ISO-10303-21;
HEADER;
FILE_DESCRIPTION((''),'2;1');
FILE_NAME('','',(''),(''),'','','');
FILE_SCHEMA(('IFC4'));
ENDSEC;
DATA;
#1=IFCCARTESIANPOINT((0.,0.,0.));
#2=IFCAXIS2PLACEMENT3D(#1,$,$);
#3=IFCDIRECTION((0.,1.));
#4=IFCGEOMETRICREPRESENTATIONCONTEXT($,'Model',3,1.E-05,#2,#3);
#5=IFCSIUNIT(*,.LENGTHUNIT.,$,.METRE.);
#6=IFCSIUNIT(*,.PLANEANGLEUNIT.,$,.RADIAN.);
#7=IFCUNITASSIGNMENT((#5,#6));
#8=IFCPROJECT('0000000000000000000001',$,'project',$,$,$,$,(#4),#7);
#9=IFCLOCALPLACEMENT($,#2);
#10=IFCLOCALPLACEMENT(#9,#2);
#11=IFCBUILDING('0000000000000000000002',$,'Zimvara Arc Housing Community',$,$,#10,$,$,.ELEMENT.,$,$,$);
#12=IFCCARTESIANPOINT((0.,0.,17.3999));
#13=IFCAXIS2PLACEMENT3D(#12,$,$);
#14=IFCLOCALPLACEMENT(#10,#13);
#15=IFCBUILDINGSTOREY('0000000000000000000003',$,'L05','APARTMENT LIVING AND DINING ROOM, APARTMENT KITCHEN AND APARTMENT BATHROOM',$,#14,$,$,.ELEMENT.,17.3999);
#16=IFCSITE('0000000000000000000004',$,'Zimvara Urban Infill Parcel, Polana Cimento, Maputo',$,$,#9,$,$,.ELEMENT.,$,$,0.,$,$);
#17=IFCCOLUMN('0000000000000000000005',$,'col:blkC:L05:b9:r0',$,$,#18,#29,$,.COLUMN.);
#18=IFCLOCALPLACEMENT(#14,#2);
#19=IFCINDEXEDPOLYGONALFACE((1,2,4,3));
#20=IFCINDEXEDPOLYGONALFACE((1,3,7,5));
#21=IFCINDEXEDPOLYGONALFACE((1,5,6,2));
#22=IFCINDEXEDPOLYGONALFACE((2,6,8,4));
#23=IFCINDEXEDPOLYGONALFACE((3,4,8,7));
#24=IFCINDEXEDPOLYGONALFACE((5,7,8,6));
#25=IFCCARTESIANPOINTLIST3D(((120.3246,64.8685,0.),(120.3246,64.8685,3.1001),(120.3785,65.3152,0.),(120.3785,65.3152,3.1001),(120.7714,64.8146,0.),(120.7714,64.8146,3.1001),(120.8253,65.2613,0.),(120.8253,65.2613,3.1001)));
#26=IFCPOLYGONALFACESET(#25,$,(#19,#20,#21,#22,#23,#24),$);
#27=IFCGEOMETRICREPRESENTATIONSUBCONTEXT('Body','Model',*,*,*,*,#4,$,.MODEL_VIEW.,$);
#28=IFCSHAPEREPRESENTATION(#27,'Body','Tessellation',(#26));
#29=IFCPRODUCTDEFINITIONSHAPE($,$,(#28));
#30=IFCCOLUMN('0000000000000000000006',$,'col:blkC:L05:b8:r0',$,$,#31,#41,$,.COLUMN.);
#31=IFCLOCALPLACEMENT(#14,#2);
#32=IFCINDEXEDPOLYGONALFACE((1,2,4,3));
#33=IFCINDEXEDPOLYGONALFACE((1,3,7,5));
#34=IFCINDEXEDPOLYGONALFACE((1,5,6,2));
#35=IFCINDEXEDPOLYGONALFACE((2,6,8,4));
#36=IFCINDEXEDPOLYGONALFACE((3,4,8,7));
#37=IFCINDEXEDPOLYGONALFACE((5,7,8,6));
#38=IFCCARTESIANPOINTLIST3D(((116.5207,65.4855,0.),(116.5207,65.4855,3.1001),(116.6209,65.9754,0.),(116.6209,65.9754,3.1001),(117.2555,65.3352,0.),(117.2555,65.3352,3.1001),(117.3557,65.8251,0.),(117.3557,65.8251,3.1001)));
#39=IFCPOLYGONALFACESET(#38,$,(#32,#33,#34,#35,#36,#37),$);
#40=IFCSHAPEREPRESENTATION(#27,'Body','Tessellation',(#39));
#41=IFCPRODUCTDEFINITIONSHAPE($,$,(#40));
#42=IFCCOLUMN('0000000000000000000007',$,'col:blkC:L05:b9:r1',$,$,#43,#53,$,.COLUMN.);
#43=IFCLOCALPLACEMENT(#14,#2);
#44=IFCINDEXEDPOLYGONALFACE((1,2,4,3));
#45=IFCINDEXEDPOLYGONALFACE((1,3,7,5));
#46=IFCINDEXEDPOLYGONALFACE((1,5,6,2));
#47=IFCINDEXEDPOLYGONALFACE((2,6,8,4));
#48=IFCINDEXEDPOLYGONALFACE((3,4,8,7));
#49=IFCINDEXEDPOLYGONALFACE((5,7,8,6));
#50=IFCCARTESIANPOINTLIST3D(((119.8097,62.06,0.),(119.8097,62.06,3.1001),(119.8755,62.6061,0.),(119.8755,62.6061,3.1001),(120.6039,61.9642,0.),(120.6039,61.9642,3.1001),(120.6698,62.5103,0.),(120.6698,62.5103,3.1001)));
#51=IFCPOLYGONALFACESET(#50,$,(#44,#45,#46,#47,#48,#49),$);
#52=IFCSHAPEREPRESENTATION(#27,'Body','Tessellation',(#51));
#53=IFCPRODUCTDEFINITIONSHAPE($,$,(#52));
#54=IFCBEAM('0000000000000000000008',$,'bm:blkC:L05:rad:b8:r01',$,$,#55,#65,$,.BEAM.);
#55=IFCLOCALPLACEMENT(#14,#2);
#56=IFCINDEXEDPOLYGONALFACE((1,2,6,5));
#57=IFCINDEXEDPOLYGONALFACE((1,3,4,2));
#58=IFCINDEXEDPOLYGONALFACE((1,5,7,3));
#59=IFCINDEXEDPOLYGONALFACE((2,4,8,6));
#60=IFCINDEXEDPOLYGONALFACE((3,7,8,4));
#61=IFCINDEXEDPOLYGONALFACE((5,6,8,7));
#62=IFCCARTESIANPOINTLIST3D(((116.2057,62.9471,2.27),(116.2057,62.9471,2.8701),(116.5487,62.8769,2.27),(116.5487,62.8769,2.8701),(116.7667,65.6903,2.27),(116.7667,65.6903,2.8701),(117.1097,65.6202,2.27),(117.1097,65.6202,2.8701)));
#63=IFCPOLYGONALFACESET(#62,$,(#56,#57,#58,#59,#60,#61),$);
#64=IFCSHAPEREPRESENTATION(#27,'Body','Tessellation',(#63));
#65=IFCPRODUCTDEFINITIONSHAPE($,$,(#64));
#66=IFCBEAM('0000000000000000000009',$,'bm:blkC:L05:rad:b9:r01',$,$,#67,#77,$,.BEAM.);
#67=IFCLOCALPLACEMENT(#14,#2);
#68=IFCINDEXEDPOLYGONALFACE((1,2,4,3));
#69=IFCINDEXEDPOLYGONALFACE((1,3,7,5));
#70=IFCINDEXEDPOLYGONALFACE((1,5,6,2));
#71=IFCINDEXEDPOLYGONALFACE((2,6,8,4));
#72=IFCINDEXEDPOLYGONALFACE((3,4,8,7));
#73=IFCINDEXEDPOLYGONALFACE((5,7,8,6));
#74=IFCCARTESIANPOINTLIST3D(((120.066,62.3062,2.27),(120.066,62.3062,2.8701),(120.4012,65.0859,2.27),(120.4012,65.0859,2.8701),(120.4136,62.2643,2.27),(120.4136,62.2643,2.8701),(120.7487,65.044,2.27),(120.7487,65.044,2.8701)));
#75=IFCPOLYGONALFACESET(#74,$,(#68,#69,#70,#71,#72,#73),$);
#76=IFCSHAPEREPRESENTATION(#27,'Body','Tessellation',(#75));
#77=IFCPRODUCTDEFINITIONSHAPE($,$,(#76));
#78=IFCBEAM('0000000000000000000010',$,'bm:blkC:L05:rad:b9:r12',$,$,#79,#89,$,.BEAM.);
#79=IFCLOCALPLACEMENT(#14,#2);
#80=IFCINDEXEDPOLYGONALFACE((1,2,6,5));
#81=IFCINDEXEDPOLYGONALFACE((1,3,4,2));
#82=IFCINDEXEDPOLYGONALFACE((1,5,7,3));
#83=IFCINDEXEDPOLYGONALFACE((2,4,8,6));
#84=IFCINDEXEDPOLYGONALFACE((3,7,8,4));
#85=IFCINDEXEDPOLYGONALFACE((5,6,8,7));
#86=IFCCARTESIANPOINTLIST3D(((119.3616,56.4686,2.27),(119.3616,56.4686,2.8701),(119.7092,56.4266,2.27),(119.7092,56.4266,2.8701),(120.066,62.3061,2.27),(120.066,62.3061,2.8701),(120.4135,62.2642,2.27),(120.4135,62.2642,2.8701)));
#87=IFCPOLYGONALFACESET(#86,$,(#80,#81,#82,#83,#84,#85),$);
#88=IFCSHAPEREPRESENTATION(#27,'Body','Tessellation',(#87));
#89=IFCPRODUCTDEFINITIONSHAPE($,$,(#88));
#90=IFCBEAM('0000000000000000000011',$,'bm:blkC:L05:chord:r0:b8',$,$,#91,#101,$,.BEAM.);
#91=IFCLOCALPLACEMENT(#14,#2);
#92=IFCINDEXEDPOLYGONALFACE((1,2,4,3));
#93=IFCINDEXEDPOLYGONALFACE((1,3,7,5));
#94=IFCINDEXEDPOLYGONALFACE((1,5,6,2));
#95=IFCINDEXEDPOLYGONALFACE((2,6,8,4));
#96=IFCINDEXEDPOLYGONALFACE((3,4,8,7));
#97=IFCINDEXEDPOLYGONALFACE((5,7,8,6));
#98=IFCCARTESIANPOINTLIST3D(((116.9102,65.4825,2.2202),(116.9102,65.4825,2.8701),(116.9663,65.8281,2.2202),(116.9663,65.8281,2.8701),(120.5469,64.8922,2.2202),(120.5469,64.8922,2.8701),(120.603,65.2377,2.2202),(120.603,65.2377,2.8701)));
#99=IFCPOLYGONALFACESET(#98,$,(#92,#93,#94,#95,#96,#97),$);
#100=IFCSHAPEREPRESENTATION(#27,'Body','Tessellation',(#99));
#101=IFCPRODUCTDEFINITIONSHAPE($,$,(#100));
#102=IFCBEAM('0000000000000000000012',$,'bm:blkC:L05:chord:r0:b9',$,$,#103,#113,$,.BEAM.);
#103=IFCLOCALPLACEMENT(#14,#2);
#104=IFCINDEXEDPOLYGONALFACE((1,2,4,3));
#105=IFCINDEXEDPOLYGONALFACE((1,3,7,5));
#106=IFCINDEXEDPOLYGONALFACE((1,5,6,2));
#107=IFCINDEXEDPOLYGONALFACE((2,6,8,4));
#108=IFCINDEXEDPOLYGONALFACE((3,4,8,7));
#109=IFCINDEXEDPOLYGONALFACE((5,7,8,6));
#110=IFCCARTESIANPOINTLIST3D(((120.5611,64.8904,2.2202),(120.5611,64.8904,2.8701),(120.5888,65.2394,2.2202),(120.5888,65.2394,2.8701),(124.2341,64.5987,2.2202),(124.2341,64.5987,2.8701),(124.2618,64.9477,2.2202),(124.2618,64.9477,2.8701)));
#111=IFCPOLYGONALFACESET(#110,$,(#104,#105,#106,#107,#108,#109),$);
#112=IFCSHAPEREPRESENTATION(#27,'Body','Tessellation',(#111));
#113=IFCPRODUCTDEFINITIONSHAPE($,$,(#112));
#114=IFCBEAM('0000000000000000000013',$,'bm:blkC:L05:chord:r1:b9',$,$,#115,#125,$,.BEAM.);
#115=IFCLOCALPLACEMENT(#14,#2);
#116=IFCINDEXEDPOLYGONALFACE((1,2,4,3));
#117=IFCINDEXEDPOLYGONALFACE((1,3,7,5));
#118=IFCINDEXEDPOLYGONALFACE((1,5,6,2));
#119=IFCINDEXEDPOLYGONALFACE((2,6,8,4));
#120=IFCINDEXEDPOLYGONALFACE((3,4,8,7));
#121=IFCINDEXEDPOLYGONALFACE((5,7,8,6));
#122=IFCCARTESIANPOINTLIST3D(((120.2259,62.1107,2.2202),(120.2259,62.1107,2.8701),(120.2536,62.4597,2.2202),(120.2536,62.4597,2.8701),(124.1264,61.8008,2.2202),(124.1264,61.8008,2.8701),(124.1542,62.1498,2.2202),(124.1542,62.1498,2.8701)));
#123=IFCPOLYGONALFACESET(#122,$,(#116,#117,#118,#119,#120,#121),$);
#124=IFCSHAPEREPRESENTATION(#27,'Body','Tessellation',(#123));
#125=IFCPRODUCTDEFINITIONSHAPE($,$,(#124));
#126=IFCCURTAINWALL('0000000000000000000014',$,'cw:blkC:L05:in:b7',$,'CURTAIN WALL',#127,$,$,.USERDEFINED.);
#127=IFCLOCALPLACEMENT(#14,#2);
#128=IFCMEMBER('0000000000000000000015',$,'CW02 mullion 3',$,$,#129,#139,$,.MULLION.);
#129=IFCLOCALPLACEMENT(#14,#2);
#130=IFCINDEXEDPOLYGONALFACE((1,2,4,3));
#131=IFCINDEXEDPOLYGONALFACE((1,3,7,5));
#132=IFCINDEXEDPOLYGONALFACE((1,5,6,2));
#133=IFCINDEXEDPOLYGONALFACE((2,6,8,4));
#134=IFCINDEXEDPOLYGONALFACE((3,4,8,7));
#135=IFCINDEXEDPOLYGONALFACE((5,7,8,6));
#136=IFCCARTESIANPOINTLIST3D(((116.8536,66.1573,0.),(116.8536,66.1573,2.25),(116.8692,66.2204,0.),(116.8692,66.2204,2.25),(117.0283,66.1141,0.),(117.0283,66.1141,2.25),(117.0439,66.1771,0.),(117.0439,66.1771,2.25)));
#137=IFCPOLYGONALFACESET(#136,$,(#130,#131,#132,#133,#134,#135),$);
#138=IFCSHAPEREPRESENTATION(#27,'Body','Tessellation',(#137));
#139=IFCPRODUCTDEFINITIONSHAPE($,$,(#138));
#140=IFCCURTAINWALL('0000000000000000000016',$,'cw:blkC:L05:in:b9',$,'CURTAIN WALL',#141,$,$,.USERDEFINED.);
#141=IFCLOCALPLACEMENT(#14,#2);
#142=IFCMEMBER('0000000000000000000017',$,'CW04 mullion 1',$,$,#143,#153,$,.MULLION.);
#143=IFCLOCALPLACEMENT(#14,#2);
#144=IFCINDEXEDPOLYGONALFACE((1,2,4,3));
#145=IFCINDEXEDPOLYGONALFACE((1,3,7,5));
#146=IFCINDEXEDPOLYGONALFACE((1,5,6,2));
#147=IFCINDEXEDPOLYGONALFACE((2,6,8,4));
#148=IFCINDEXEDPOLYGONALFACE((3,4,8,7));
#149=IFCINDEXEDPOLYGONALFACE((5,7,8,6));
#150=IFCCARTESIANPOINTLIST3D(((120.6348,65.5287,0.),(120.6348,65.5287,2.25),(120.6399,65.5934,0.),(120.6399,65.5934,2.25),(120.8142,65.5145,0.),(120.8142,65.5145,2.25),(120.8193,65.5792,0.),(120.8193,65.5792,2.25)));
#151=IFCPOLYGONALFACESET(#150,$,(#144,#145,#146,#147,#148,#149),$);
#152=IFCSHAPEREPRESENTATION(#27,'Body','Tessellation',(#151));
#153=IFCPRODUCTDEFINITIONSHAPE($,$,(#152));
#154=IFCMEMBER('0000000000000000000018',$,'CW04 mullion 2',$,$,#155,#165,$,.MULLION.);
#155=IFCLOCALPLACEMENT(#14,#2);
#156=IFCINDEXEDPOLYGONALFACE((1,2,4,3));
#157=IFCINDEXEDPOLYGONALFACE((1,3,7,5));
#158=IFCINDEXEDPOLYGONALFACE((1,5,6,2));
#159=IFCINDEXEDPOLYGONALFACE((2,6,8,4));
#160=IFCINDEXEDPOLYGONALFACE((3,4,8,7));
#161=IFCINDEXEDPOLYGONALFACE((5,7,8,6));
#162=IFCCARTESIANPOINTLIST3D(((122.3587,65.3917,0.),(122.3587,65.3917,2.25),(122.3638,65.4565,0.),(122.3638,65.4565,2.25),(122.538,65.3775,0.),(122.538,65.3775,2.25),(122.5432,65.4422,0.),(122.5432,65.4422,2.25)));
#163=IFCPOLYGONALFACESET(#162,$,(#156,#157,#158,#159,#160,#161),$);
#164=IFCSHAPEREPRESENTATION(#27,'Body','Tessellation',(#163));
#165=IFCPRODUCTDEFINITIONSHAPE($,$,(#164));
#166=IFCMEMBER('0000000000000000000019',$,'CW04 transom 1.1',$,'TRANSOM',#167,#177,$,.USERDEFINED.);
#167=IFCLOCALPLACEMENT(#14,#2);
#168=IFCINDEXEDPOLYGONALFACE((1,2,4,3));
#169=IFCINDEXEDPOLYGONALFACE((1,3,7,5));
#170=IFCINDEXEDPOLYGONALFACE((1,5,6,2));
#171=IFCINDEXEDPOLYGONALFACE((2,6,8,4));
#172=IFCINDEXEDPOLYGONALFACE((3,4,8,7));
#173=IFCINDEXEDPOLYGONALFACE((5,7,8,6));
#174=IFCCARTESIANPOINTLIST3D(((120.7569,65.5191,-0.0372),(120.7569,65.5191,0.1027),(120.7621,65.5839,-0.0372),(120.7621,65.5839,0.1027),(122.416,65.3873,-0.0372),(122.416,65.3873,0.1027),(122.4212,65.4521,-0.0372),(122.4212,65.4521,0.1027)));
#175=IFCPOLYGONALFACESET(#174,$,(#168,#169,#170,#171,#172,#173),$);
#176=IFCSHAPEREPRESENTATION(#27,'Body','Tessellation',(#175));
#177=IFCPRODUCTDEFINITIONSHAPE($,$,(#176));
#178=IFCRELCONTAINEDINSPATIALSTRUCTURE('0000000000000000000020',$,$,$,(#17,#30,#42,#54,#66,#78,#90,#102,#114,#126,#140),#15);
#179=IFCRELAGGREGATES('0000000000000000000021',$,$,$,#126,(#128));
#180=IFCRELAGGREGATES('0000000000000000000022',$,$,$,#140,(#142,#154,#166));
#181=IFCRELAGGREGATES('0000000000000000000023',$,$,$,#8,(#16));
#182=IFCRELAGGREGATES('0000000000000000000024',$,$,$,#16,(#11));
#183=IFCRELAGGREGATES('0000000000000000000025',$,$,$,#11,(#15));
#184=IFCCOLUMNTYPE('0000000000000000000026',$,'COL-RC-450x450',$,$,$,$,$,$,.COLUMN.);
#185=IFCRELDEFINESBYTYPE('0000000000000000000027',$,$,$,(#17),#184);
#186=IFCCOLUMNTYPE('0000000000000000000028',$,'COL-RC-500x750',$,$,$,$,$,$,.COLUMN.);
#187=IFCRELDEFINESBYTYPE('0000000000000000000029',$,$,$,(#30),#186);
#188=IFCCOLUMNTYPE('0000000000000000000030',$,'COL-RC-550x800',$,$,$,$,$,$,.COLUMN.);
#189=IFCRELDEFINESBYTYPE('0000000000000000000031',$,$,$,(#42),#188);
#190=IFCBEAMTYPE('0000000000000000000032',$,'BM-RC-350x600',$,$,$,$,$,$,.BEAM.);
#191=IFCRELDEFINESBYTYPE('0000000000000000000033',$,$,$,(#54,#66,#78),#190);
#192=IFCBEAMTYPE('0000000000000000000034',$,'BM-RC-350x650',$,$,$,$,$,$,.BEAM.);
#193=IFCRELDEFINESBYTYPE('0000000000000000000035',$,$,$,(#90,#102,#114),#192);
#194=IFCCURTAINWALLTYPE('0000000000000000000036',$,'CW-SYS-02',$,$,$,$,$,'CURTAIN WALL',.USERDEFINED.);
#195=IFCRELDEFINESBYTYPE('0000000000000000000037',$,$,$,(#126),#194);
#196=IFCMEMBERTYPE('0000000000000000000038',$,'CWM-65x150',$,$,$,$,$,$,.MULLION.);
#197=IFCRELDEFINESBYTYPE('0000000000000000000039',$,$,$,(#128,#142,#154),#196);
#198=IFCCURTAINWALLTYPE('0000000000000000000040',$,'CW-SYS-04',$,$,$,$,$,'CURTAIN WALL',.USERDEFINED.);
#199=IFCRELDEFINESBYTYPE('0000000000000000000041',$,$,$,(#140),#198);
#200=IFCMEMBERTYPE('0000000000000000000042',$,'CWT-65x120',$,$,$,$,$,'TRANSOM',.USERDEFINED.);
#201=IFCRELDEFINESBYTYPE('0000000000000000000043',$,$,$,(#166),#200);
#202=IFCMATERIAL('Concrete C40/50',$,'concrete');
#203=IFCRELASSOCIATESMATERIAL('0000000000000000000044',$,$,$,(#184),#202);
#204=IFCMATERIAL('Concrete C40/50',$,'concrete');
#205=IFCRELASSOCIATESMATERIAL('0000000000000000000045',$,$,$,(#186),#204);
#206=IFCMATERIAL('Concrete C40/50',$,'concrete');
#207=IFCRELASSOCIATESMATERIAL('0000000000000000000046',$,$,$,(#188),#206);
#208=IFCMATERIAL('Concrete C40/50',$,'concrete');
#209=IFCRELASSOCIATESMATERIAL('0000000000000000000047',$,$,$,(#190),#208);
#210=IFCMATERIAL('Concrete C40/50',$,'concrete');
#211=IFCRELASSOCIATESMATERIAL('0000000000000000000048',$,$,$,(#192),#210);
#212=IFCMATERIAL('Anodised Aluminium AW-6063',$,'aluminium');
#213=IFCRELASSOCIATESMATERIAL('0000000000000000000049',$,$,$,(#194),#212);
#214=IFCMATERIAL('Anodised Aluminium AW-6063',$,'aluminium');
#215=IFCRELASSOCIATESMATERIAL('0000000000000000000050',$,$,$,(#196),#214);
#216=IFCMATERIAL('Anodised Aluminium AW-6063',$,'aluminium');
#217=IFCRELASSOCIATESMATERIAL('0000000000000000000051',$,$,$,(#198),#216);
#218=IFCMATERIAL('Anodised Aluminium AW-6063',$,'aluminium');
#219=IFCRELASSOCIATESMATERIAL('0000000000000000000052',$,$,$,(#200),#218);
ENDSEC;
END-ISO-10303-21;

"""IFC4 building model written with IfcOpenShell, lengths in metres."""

from ifc_helpers import new_model, si_unit, direction, frame, origin, origin_2d, place, context, subcontext, project, spatial, rectangle, extrude, material, material_profile, profile_set, type_object, element, aggregate, save


model = new_model("IFC4")

# Units and contexts
model_context = context("Model", 3, precision=1e-05, world=origin(), true_north=direction((0.0, 1.0)))
body_context = subcontext(model_context, "Body", "Model", "MODEL_VIEW")
ifc_project = project(units=[si_unit("LENGTHUNIT", "METRE"), si_unit("PLANEANGLEUNIT", "RADIAN")], contexts=[model_context])

# Site, building, storey
site_placement = place(None, origin())
site = spatial("IfcSite", under=ifc_project, at=site_placement, Name="Zimvara Urban Infill Parcel, Polana Cimento, Maputo", CompositionType="ELEMENT", RefElevation=0.0)
building_placement = place(site_placement, origin())
building = spatial("IfcBuilding", under=site, at=building_placement, Name="Zimvara Arc Housing Community", CompositionType="ELEMENT")
storey_placement = place(building_placement, frame((0.0, 0.0, 17.3999)))
storey = spatial("IfcBuildingStorey", under=building, at=storey_placement, Name="L05", Description="APARTMENT LIVING AND DINING ROOM, APARTMENT KITCHEN AND APARTMENT BATHROOM", CompositionType="ELEMENT", Elevation=17.3999)

# Columns
ifc_material_1 = material(Name="Concrete C40/50", Category="concrete")
ifc_material_profile_1 = material_profile(ifc_material_1, rectangle(XDim=0.45, YDim=0.45, at=origin_2d()), Name="RC 450x450")
ifc_profile_set_1 = profile_set([ifc_material_profile_1], Name="Concrete C40/50")
column_type_1 = type_object("IfcColumnType", Name="COL-RC-450x450", PredefinedType="COLUMN", material=ifc_profile_set_1)
column_1_placement = place(storey_placement, frame((120.575, 65.0649, 0.0), z_axis=(0.0, 0.0, 1.0), x_axis=(-0.11979, -0.992799, 0.0)))
element("IfcColumn", 1, at=column_1_placement, inside=storey, type_object=column_type_1, Name="col:blkC:L05:b9:r0", PredefinedType="COLUMN", context=body_context, shape_type="SweptSolid", body=[
    extrude(rectangle(XDim=0.45, YDim=0.45, at=origin_2d()), origin(), (0.0, 0.0, 1.0), 3.1001),
])
ifc_material_2 = material(Name="Concrete C40/50", Category="concrete")
ifc_material_profile_2 = material_profile(ifc_material_2, rectangle(XDim=0.5, YDim=0.75, at=origin_2d()), Name="RC 500x750")
ifc_profile_set_2 = profile_set([ifc_material_profile_2], Name="Concrete C40/50")
column_type_2 = type_object("IfcColumnType", Name="COL-RC-500x750", PredefinedType="COLUMN", material=ifc_profile_set_2)
column_2_placement = place(storey_placement, frame((116.9382, 65.6553, 0.0), z_axis=(0.0, 0.0, 1.0), x_axis=(-0.200394, -0.979715, 0.0)))
element("IfcColumn", 2, at=column_2_placement, inside=storey, type_object=column_type_2, Name="col:blkC:L05:b8:r0", PredefinedType="COLUMN", context=body_context, shape_type="SweptSolid", body=[
    extrude(rectangle(XDim=0.5, YDim=0.75, at=origin_2d()), origin(), (0.0, 0.0, 1.0), 3.1001),
])
ifc_material_3 = material(Name="Concrete C40/50", Category="concrete")
ifc_material_profile_3 = material_profile(ifc_material_3, rectangle(XDim=0.55, YDim=0.8, at=origin_2d()), Name="RC 550x800")
ifc_profile_set_3 = profile_set([ifc_material_profile_3], Name="Concrete C40/50")
column_type_3 = type_object("IfcColumnType", Name="COL-RC-550x800", PredefinedType="COLUMN", material=ifc_profile_set_3)
column_3_placement = place(storey_placement, frame((120.2397, 62.2852, 0.0), z_axis=(0.0, 0.0, 1.0), x_axis=(-0.11979, -0.992799, 0.0)))
element("IfcColumn", 3, at=column_3_placement, inside=storey, type_object=column_type_3, Name="col:blkC:L05:b9:r1", PredefinedType="COLUMN", context=body_context, shape_type="SweptSolid", body=[
    extrude(rectangle(XDim=0.55, YDim=0.8, at=origin_2d()), origin(), (0.0, 0.0, 1.0), 3.1001),
])

# Beams
ifc_material_4 = material(Name="Concrete C40/50", Category="concrete")
ifc_material_profile_4 = material_profile(ifc_material_4, rectangle(XDim=0.3501, YDim=0.6001, at=origin_2d()), Name="RC 350x600")
ifc_profile_set_4 = profile_set([ifc_material_profile_4], Name="Concrete C40/50")
beam_type_1 = type_object("IfcBeamType", Name="BM-RC-350x600", PredefinedType="BEAM", material=ifc_profile_set_4)
beam_1_placement = place(storey_placement, frame((116.9382, 65.6553, 2.5701), z_axis=(-0.200373, -0.97972, 0.0), x_axis=(0.97972, -0.200373, 0.0)))
element("IfcBeam", 4, at=beam_1_placement, inside=storey, type_object=beam_type_1, Name="bm:blkC:L05:rad:b8:r01", PredefinedType="BEAM", context=body_context, shape_type="SweptSolid", body=[
    extrude(rectangle(XDim=0.3501, YDim=0.6001, at=origin_2d()), origin(), (0.0, 0.0, 1.0), 2.8),
])
beam_2_placement = place(storey_placement, frame((120.575, 65.0649, 2.5701), z_axis=(-0.119719, -0.992808, 0.0), x_axis=(0.992808, -0.119719, 0.0)))
element("IfcBeam", 5, at=beam_2_placement, inside=storey, type_object=beam_type_1, Name="bm:blkC:L05:rad:b9:r01", PredefinedType="BEAM", context=body_context, shape_type="SweptSolid", body=[
    extrude(rectangle(XDim=0.3501, YDim=0.6001, at=origin_2d()), origin(), (0.0, 0.0, 1.0), 2.7998),
])
beam_3_placement = place(storey_placement, frame((120.2397, 62.2852, 2.5701), z_axis=(-0.119787, -0.9928, 0.0), x_axis=(0.9928, -0.119787, 0.0)))
element("IfcBeam", 6, at=beam_3_placement, inside=storey, type_object=beam_type_1, Name="bm:blkC:L05:rad:b9:r12", PredefinedType="BEAM", context=body_context, shape_type="SweptSolid", body=[
    extrude(rectangle(XDim=0.3501, YDim=0.6001, at=origin_2d()), origin(), (0.0, 0.0, 1.0), 5.8799),
])
ifc_material_5 = material(Name="Concrete C40/50", Category="concrete")
ifc_material_profile_5 = material_profile(ifc_material_5, rectangle(XDim=0.3501, YDim=0.6499, at=origin_2d()), Name="RC 350x650")
ifc_profile_set_5 = profile_set([ifc_material_profile_5], Name="Concrete C40/50")
beam_type_2 = type_object("IfcBeamType", Name="BM-RC-350x650", PredefinedType="BEAM", material=ifc_profile_set_5)
beam_4_placement = place(storey_placement, frame((116.9382, 65.6553, 2.5452), z_axis=(0.98708, -0.160228, 0.0), x_axis=(0.160228, 0.98708, 0.0)))
element("IfcBeam", 7, at=beam_4_placement, inside=storey, type_object=beam_type_2, Name="bm:blkC:L05:chord:r0:b8", PredefinedType="BEAM", context=body_context, shape_type="SweptSolid", body=[
    extrude(rectangle(XDim=0.3501, YDim=0.6499, at=origin_2d()), origin(), (0.0, 0.0, 1.0), 3.6843),
])
beam_5_placement = place(storey_placement, frame((120.575, 65.0649, 2.5452), z_axis=(0.99686, -0.079179, 0.0), x_axis=(0.079179, 0.99686, 0.0)))
element("IfcBeam", 8, at=beam_5_placement, inside=storey, type_object=beam_type_2, Name="bm:blkC:L05:chord:r0:b9", PredefinedType="BEAM", context=body_context, shape_type="SweptSolid", body=[
    extrude(rectangle(XDim=0.3501, YDim=0.6499, at=origin_2d()), origin(), (0.0, 0.0, 1.0), 3.6846),
])
beam_6_placement = place(storey_placement, frame((120.2397, 62.2852, 2.5452), z_axis=(0.996861, -0.079177, 0.0), x_axis=(0.079177, 0.996861, 0.0)))
element("IfcBeam", 9, at=beam_6_placement, inside=storey, type_object=beam_type_2, Name="bm:blkC:L05:chord:r1:b9", PredefinedType="BEAM", context=body_context, shape_type="SweptSolid", body=[
    extrude(rectangle(XDim=0.3501, YDim=0.6499, at=origin_2d()), origin(), (0.0, 0.0, 1.0), 3.9128),
])

# Curtain wall, member
ifc_material_6 = material(Name="Anodised Aluminium AW-6063", Category="aluminium")
curtain_wall_type_1 = type_object("IfcCurtainWallType", Name="CW-SYS-02", ElementType="CURTAIN WALL", PredefinedType="USERDEFINED", material=ifc_material_6)
curtain_wall_1_placement = place(storey_placement, origin())
curtain_wall_1 = element("IfcCurtainWall", 10, at=curtain_wall_1_placement, inside=storey, type_object=curtain_wall_type_1, Name="cw:blkC:L05:in:b7", ObjectType="CURTAIN WALL", PredefinedType="USERDEFINED")
ifc_material_7 = material(Name="Anodised Aluminium AW-6063", Category="aluminium")
ifc_material_profile_6 = material_profile(ifc_material_7, rectangle(XDim=0.0649, YDim=0.1799, at=origin_2d()), Name="ALU 65x180")
ifc_profile_set_6 = profile_set([ifc_material_profile_6], Name="Anodised Aluminium AW-6063")
member_type_1 = type_object("IfcMemberType", Name="CWM-65x150", PredefinedType="MULLION", material=ifc_profile_set_6)
member_1_placement = place(storey_placement, frame((116.9487, 66.1672, 0.0), z_axis=(0.0, 0.0, 1.0), x_axis=(0.240228, 0.970717, 0.0)))
member_1 = element("IfcMember", 11, at=member_1_placement, type_object=member_type_1, Name="CW02 mullion 3", PredefinedType="MULLION", context=body_context, shape_type="SweptSolid", body=[
    extrude(rectangle(XDim=0.0649, YDim=0.1799, at=origin_2d()), origin(), (0.0, 0.0, 1.0), 2.25),
])
aggregate(curtain_wall_1, [member_1])

# Curtain wall, members
ifc_material_8 = material(Name="Anodised Aluminium AW-6063", Category="aluminium")
curtain_wall_type_2 = type_object("IfcCurtainWallType", Name="CW-SYS-04", ElementType="CURTAIN WALL", PredefinedType="USERDEFINED", material=ifc_material_8)
curtain_wall_2_placement = place(storey_placement, origin())
curtain_wall_2 = element("IfcCurtainWall", 12, at=curtain_wall_2_placement, inside=storey, type_object=curtain_wall_type_2, Name="cw:blkC:L05:in:b9", ObjectType="CURTAIN WALL", PredefinedType="USERDEFINED")
member_2_placement = place(storey_placement, frame((120.7271, 65.554, 0.0), z_axis=(0.0, 0.0, 1.0), x_axis=(0.079155, 0.996862, 0.0)))
member_2 = element("IfcMember", 13, at=member_2_placement, type_object=member_type_1, Name="CW04 mullion 1", PredefinedType="MULLION", context=body_context, shape_type="SweptSolid", body=[
    extrude(rectangle(XDim=0.0649, YDim=0.1799, at=origin_2d()), origin(), (0.0, 0.0, 1.0), 2.25),
])
member_3_placement = place(storey_placement, frame((122.4509, 65.417, 0.0), z_axis=(0.0, 0.0, 1.0), x_axis=(0.079155, 0.996862, 0.0)))
member_3 = element("IfcMember", 14, at=member_3_placement, type_object=member_type_1, Name="CW04 mullion 2", PredefinedType="MULLION", context=body_context, shape_type="SweptSolid", body=[
    extrude(rectangle(XDim=0.0649, YDim=0.1799, at=origin_2d()), origin(), (0.0, 0.0, 1.0), 2.25),
])
ifc_material_9 = material(Name="Anodised Aluminium AW-6063", Category="aluminium")
ifc_material_profile_7 = material_profile(ifc_material_9, rectangle(XDim=0.0649, YDim=0.1399, at=origin_2d()), Name="ALU 65x140")
ifc_profile_set_7 = profile_set([ifc_material_profile_7], Name="Anodised Aluminium AW-6063")
member_type_2 = type_object("IfcMemberType", Name="CWT-65x120", ElementType="TRANSOM", PredefinedType="USERDEFINED", material=ifc_profile_set_7)
member_4_placement = place(storey_placement, frame((120.7595, 65.5515, 0.0327), z_axis=(0.996858, -0.079209, 0.0), x_axis=(0.079209, 0.996858, 0.0)))
member_4 = element("IfcMember", 15, at=member_4_placement, type_object=member_type_2, Name="CW04 transom 1.1", ObjectType="TRANSOM", PredefinedType="USERDEFINED", context=body_context, shape_type="SweptSolid", body=[
    extrude(rectangle(XDim=0.0649, YDim=0.1399, at=origin_2d()), origin(), (0.0, 0.0, 1.0), 1.6643),
])
aggregate(curtain_wall_2, [member_2, member_3, member_4])

save(model, "model.ifc")
